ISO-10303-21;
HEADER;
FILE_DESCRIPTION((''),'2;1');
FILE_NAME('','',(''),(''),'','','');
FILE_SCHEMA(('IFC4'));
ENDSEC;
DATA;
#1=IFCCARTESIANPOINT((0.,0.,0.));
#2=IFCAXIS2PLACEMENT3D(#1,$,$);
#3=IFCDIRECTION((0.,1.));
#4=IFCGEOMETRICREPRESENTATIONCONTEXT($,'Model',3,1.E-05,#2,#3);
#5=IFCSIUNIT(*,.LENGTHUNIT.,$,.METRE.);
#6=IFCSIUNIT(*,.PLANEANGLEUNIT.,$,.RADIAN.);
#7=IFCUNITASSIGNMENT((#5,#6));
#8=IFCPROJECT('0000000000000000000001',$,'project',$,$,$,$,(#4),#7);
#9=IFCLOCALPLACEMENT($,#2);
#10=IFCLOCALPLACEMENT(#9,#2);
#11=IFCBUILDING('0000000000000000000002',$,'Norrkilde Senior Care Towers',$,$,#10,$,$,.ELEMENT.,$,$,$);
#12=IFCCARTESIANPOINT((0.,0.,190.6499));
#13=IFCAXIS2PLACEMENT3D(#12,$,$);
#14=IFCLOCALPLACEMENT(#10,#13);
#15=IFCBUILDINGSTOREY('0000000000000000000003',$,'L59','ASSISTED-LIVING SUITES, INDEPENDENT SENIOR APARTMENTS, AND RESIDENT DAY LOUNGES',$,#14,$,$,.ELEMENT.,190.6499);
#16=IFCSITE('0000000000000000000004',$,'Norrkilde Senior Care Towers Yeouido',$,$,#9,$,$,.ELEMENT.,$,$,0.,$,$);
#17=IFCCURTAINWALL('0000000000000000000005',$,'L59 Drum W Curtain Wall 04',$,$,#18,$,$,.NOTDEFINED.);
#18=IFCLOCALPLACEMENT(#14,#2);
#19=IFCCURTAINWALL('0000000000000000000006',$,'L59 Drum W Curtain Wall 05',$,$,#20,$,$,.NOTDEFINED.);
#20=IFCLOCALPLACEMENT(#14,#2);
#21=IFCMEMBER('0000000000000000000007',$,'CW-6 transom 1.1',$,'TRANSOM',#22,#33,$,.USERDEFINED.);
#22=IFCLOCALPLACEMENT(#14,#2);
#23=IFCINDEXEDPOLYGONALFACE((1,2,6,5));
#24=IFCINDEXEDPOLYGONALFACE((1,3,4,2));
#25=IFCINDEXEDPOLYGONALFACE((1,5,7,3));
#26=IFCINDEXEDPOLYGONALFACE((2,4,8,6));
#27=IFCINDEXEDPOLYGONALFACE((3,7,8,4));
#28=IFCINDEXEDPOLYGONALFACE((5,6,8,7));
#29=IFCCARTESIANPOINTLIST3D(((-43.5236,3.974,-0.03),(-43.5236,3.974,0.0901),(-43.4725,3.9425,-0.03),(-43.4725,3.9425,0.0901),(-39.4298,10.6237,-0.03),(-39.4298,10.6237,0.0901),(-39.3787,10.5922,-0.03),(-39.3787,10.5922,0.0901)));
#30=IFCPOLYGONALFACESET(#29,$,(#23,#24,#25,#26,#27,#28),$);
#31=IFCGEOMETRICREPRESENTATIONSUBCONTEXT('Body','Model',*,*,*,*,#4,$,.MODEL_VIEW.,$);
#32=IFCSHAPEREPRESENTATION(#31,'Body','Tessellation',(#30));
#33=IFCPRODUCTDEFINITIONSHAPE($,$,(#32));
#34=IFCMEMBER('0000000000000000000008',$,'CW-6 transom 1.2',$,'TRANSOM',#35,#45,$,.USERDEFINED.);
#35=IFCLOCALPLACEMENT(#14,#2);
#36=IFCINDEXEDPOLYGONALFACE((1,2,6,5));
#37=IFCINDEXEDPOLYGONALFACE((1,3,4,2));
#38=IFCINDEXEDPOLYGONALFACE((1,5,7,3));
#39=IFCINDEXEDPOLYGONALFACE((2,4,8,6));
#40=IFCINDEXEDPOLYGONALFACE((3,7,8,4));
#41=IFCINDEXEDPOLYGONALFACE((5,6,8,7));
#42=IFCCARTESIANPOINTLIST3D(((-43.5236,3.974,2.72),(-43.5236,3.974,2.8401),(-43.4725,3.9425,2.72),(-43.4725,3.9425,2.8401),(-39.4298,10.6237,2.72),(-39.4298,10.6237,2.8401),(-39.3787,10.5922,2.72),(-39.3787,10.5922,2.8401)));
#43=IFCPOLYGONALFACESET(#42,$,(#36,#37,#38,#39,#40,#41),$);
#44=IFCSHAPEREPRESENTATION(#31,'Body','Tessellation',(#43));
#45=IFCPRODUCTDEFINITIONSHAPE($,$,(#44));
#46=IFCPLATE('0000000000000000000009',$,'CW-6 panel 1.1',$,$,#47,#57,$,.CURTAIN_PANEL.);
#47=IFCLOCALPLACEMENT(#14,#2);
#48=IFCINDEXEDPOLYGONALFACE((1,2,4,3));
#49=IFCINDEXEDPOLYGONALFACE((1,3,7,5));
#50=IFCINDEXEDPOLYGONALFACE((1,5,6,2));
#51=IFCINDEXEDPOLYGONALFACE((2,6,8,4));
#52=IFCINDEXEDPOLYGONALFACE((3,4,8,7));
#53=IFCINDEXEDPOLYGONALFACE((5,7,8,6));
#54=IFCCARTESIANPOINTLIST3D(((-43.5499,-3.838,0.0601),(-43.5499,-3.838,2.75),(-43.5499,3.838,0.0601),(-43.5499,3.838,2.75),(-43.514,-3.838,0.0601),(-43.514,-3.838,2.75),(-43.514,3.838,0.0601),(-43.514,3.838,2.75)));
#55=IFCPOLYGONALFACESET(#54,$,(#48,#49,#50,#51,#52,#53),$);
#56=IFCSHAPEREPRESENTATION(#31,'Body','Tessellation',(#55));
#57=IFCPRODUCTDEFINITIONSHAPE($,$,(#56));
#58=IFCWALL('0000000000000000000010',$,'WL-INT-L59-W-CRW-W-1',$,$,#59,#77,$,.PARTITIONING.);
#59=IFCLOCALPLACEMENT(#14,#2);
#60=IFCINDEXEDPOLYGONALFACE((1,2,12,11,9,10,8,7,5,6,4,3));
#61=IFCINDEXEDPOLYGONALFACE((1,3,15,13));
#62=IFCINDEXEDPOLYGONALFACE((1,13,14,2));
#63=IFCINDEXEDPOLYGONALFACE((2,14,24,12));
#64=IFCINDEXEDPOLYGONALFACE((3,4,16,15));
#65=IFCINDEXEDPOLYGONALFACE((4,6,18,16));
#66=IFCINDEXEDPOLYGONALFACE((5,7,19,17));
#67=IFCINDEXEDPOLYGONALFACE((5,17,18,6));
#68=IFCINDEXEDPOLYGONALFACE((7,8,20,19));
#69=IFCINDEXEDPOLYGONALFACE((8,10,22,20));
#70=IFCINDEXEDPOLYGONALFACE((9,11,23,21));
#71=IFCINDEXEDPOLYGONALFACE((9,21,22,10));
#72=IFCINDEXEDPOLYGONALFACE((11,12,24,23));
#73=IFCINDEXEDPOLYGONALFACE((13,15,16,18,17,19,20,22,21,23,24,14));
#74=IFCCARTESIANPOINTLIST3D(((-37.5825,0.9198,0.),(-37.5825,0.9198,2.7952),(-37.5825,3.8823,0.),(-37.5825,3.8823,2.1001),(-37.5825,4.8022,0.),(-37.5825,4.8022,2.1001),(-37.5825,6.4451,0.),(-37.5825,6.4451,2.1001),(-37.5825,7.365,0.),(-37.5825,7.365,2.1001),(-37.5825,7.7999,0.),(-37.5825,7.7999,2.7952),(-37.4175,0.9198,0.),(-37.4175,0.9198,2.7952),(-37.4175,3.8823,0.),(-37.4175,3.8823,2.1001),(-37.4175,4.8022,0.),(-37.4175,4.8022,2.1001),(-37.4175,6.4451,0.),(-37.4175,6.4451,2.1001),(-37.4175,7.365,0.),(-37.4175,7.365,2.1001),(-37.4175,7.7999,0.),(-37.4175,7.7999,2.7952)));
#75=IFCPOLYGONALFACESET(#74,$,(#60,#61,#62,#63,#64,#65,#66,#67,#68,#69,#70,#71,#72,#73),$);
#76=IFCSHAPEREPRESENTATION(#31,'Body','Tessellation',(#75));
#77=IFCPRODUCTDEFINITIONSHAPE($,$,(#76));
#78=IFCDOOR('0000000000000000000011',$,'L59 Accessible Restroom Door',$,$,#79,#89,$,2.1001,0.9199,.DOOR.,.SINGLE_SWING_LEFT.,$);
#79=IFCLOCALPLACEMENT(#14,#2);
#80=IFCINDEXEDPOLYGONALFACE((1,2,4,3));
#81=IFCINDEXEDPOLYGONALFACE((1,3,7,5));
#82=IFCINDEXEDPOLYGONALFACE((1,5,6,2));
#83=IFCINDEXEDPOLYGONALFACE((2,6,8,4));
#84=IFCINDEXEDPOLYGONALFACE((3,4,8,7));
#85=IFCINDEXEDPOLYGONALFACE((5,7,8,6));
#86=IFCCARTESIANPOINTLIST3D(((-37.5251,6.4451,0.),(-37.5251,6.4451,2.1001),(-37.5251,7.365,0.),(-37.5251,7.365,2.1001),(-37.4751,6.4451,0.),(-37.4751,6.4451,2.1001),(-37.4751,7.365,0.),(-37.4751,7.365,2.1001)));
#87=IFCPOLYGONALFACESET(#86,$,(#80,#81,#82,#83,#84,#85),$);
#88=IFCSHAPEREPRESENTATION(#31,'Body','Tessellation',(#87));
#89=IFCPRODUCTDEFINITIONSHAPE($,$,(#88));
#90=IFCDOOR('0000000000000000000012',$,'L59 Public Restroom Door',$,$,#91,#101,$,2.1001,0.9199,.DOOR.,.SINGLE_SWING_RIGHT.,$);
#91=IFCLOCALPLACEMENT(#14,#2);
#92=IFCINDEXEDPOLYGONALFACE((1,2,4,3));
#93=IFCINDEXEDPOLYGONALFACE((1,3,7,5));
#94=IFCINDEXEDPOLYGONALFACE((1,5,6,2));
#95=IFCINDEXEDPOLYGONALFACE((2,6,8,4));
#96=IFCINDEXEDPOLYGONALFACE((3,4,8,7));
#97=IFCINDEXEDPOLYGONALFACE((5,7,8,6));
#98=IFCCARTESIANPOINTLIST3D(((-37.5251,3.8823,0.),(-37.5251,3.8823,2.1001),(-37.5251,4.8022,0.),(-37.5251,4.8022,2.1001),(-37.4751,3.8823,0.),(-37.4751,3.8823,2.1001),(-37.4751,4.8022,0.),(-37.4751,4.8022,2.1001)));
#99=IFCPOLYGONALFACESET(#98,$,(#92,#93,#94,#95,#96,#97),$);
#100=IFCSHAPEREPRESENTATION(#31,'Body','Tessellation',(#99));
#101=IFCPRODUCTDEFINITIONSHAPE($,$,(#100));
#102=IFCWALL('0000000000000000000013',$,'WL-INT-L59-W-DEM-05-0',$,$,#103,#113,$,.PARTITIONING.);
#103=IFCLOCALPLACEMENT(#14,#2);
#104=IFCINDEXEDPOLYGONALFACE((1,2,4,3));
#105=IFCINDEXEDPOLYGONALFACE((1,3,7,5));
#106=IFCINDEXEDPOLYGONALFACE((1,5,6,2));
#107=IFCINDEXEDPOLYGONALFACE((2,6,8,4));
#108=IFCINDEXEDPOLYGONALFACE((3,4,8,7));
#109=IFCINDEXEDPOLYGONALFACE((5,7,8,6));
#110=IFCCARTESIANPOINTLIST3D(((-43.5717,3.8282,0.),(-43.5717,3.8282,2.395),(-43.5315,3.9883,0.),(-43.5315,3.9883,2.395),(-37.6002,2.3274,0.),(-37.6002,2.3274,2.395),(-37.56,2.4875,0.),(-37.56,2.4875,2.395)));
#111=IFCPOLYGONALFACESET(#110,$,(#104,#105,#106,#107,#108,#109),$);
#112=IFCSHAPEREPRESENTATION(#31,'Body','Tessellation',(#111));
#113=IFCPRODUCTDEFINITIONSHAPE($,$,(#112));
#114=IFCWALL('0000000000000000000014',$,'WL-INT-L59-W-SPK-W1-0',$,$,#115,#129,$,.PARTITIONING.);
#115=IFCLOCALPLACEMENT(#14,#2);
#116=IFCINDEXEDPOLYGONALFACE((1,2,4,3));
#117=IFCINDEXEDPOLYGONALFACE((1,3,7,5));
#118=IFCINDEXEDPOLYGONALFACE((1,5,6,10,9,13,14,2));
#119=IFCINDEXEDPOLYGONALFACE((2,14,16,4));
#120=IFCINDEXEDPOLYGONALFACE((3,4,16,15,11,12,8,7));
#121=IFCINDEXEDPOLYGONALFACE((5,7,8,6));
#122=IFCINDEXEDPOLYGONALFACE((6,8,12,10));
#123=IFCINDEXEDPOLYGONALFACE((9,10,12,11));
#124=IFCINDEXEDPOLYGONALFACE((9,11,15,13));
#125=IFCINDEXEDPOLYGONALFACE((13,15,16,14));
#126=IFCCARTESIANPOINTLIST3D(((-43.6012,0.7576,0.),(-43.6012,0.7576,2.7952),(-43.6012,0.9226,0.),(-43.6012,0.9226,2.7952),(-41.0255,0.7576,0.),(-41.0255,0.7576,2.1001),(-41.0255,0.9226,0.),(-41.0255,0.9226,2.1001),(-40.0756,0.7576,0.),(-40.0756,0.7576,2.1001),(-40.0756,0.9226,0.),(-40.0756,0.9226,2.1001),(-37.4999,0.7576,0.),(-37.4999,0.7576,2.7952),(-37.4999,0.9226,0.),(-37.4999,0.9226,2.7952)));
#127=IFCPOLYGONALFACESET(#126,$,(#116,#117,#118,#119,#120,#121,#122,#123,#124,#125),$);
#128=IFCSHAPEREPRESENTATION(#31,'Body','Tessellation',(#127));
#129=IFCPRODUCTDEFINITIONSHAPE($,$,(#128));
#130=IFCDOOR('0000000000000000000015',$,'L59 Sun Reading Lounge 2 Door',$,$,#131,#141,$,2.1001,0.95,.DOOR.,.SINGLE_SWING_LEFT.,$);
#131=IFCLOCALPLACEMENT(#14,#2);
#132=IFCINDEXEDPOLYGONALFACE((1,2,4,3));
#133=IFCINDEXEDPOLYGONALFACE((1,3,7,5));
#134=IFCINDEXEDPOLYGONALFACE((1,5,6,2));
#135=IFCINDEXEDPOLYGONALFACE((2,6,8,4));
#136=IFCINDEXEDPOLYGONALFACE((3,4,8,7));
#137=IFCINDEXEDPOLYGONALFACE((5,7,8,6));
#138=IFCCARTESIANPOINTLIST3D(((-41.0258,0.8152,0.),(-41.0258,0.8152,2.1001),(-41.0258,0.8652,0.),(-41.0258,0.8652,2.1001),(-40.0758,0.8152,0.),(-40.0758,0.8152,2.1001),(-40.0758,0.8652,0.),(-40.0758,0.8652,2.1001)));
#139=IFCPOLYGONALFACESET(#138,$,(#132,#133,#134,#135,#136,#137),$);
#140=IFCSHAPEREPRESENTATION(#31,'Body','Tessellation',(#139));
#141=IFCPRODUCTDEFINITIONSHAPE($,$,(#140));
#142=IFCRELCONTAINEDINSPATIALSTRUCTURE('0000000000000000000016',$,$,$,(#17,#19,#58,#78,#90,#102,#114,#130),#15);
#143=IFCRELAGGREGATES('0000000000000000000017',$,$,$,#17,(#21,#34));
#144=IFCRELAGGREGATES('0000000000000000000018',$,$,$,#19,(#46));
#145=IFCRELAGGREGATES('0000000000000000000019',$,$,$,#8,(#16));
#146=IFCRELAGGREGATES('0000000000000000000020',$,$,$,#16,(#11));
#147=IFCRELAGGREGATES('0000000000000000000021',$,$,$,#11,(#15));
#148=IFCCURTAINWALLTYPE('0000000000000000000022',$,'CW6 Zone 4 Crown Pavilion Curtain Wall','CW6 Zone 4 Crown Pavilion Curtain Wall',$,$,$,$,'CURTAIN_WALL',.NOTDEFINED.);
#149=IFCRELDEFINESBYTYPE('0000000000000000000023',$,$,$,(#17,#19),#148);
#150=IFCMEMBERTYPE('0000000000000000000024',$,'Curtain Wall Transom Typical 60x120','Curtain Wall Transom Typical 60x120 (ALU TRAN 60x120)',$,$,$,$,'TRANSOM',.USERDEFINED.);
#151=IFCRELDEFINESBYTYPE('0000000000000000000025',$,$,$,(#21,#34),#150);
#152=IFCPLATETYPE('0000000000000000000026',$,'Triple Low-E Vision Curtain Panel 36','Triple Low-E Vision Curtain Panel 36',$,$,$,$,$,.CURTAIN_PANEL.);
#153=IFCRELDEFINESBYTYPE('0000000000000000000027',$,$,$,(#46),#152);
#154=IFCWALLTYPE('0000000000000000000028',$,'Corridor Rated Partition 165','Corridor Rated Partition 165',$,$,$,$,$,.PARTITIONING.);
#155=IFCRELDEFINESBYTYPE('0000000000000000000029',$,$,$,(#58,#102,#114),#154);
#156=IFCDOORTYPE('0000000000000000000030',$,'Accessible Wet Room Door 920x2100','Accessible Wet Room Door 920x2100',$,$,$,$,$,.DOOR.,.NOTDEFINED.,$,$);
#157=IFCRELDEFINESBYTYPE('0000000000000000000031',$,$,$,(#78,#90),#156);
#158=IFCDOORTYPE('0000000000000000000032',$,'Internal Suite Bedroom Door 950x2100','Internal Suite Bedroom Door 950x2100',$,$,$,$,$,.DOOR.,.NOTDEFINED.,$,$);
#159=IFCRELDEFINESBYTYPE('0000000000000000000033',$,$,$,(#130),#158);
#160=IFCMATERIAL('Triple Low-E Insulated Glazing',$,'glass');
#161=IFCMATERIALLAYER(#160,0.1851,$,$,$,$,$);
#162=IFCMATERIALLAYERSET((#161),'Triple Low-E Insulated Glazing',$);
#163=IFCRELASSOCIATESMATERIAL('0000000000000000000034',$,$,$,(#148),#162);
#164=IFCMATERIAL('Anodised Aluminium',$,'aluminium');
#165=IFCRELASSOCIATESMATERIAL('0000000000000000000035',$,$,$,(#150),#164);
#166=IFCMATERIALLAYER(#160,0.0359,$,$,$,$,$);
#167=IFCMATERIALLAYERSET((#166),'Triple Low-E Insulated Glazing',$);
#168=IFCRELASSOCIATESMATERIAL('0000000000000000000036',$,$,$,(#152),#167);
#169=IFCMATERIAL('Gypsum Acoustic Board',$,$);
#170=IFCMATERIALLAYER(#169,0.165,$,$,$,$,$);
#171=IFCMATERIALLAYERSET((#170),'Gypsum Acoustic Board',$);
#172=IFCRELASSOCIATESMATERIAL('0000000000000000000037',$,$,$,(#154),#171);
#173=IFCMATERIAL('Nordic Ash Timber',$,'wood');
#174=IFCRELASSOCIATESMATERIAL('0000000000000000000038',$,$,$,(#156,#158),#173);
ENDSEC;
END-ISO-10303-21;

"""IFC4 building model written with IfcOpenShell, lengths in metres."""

from ifc_helpers import new_model, si_unit, direction, frame, frame_2d, origin, origin_2d, place, context, subcontext, project, spatial, rectangle, extrude, source, transform, mapped, material, layer, layer_set, material_profile, profile_set, type_object, type_shapes, element, fill, aggregate, save


model = new_model("IFC4")

# Units and contexts
model_context = context("Model", 3, precision=1e-05, world=origin(), true_north=direction((0.0, 1.0)))
body_context = subcontext(model_context, "Body", "Model", "MODEL_VIEW")
ifc_project = project(units=[si_unit("LENGTHUNIT", "METRE"), si_unit("PLANEANGLEUNIT", "RADIAN")], contexts=[model_context])

# Site, building, storey
site_placement = place(None, origin())
site = spatial("IfcSite", under=ifc_project, at=site_placement, Name="Norrkilde Senior Care Towers Yeouido", CompositionType="ELEMENT", RefElevation=0.0)
building_placement = place(site_placement, origin())
building = spatial("IfcBuilding", under=site, at=building_placement, Name="Norrkilde Senior Care Towers", CompositionType="ELEMENT")
storey_placement = place(building_placement, frame((0.0, 0.0, 190.6499)))
storey = spatial("IfcBuildingStorey", under=building, at=storey_placement, Name="L59", Description="ASSISTED-LIVING SUITES, INDEPENDENT SENIOR APARTMENTS, AND RESIDENT DAY LOUNGES", CompositionType="ELEMENT", Elevation=190.6499)

# Curtain walls
ifc_material_1 = material(Name="Triple Low-E Insulated Glazing", Category="glass")
ifc_layer_1 = layer(ifc_material_1, 0.1851)
ifc_layer_set_1 = layer_set([ifc_layer_1], Name="Triple Low-E Insulated Glazing")
curtain_wall_type = type_object("IfcCurtainWallType", Name="CW6 Zone 4 Crown Pavilion Curtain Wall", Description="CW6 Zone 4 Crown Pavilion Curtain Wall", ElementType="CURTAIN_WALL", PredefinedType="NOTDEFINED", material=ifc_layer_set_1)
curtain_wall_1_placement = place(storey_placement, origin())
curtain_wall_1 = element("IfcCurtainWall", 1, at=curtain_wall_1_placement, inside=storey, type_object=curtain_wall_type, Name="L59 Drum W Curtain Wall 04", PredefinedType="NOTDEFINED")
ifc_material_2 = material(Name="Anodised Aluminium", Category="aluminium")
curtain_wall_2_placement = place(storey_placement, origin())
curtain_wall_2 = element("IfcCurtainWall", 2, at=curtain_wall_2_placement, inside=storey, type_object=curtain_wall_type, Name="L59 Drum W Curtain Wall 05", PredefinedType="NOTDEFINED")

# Members
ifc_material_profile_1 = material_profile(ifc_material_2, rectangle(XDim=0.0601, YDim=0.1201, at=origin_2d()), Name="ALU TRAN 60x120")
ifc_profile_set_1 = profile_set([ifc_material_profile_1], Name="Anodised Aluminium")
member_type_1 = type_object("IfcMemberType", Name="Curtain Wall Transom Typical 60x120", Description="Curtain Wall Transom Typical 60x120 (ALU TRAN 60x120)", ElementType="TRANSOM", PredefinedType="USERDEFINED", material=ifc_profile_set_1)
shared_shape_1 = source(origin(), body_context, "Body", "SweptSolid", [
    extrude(rectangle(XDim=0.0601, YDim=0.1201, at=origin_2d()), origin(), (0.0, 0.0, 1.0), 7.8088),
])
type_shapes(member_type_1, [shared_shape_1])
member_1_placement = place(storey_placement, frame((-43.498, 3.9583, 0.03), z_axis=(0.524251, 0.851564, 0.0), x_axis=(-0.851564, 0.524251, 0.0)))
member_1 = element("IfcMember", 3, at=member_1_placement, type_object=member_type_1, Name="CW-6 transom 1.1", ObjectType="TRANSOM", PredefinedType="USERDEFINED", context=body_context, shape_type="MappedRepresentation", body=[
    mapped(shared_shape_1, transform((0.0, 0.0, 0.0), x_axis=(1.0, 0.0, 0.0), y_axis=(0.0, 1.0, 0.0), z_axis=(0.0, 0.0, 1.0), scale=1.0)),
])
member_2_placement = place(storey_placement, frame((-43.498, 3.9583, 2.78), z_axis=(0.524251, 0.851564, 0.0), x_axis=(-0.851564, 0.524251, 0.0)))
member_2 = element("IfcMember", 4, at=member_2_placement, type_object=member_type_1, Name="CW-6 transom 1.2", ObjectType="TRANSOM", PredefinedType="USERDEFINED", context=body_context, shape_type="MappedRepresentation", body=[
    mapped(shared_shape_1, transform((0.0, 0.0, 0.0), x_axis=(1.0, 0.0, 0.0), y_axis=(0.0, 1.0, 0.0), z_axis=(0.0, 0.0, 1.0), scale=1.0)),
])
aggregate(curtain_wall_1, [member_1, member_2])

# Plate
ifc_layer_2 = layer(ifc_material_1, 0.0359)
ifc_layer_set_2 = layer_set([ifc_layer_2], Name="Triple Low-E Insulated Glazing")
plate_type = type_object("IfcPlateType", Name="Triple Low-E Vision Curtain Panel 36", Description="Triple Low-E Vision Curtain Panel 36", PredefinedType="CURTAIN_PANEL", material=ifc_layer_set_2)
shared_shape_2 = source(origin(), body_context, "Body", "SweptSolid", [
    extrude(rectangle(XDim=7.676, YDim=0.0359, at=origin_2d()), origin(), (0.0, 0.0, 1.0), 2.6899),
])
type_shapes(plate_type, [shared_shape_2])
plate_placement = place(storey_placement, frame((-43.532, 0.0, 0.0601), z_axis=(0.0, 0.0, 1.0), x_axis=(0.0, 1.0, 0.0)))
plate = element("IfcPlate", 5, at=plate_placement, type_object=plate_type, Name="CW-6 panel 1.1", PredefinedType="CURTAIN_PANEL", context=body_context, shape_type="MappedRepresentation", body=[
    mapped(shared_shape_2, transform((0.0, 0.0, 0.0), x_axis=(1.0, 0.0, 0.0), y_axis=(0.0, 1.0, 0.0), z_axis=(0.0, 0.0, 1.0), scale=1.0)),
])
aggregate(curtain_wall_2, [plate])

# Wall, openings, doors
ifc_material_3 = material(Name="Gypsum Acoustic Board")
ifc_layer_3 = layer(ifc_material_3, 0.165)
ifc_layer_set_3 = layer_set([ifc_layer_3], Name="Gypsum Acoustic Board")
wall_type = type_object("IfcWallType", Name="Corridor Rated Partition 165", Description="Corridor Rated Partition 165", PredefinedType="PARTITIONING", material=ifc_layer_set_3)
shared_shape_3 = source(origin(), body_context, "Body", "SweptSolid", [
    extrude(rectangle(XDim=6.8801, YDim=0.165, at=frame_2d((3.4399, 0.0))), origin(), (0.0, 0.0, 1.0), 2.7952),
])
wall_1_placement = place(storey_placement, frame((-37.5, 0.9199, 0.0), z_axis=(0.0, 0.0, 1.0), x_axis=(0.0, 1.0, 0.0)))
wall_1 = element("IfcWall", 6, at=wall_1_placement, inside=storey, type_object=wall_type, Name="WL-INT-L59-W-CRW-W-1", PredefinedType="PARTITIONING", context=body_context, shape_type="MappedRepresentation", body=[
    mapped(shared_shape_3, transform((0.0, 0.0, 0.0), x_axis=(1.0, 0.0, 0.0), y_axis=(0.0, 1.0, 0.0), z_axis=(0.0, 0.0, 1.0), scale=1.0)),
])
opening_1_placement = place(wall_1_placement, frame((5.5251, 0.0, 0.0)))
opening_1 = element("IfcOpeningElement", 7, at=opening_1_placement, cuts=wall_1, PredefinedType="OPENING", context=body_context, shape_type="SweptSolid", body=[
    extrude(rectangle(XDim=0.9199, YDim=2.1001, at=frame_2d((0.46, 1.05))), frame((0.0, 0.0925, 0.0), z_axis=(0.0, -1.0, 0.0), x_axis=(1.0, 0.0, 0.0)), (0.0, 0.0, 1.0), 0.1851),
])
opening_2_placement = place(wall_1_placement, frame((2.9624, 0.0, 0.0)))
opening_2 = element("IfcOpeningElement", 8, at=opening_2_placement, cuts=wall_1, PredefinedType="OPENING", context=body_context, shape_type="SweptSolid", body=[
    extrude(rectangle(XDim=0.9199, YDim=2.1001, at=frame_2d((0.46, 1.05))), frame((0.0, 0.0925, 0.0), z_axis=(0.0, -1.0, 0.0), x_axis=(1.0, 0.0, 0.0)), (0.0, 0.0, 1.0), 0.1851),
])
ifc_material_4 = material(Name="Nordic Ash Timber", Category="wood")
door_type_1 = type_object("IfcDoorType", Name="Accessible Wet Room Door 920x2100", Description="Accessible Wet Room Door 920x2100", OperationType="NOTDEFINED", PredefinedType="DOOR", material=ifc_material_4)
shared_shape_4 = source(origin(), body_context, "Body", "SweptSolid", [
    extrude(rectangle(XDim=0.9199, YDim=2.1001, at=frame_2d((0.46, 1.05))), frame((0.0, 0.0249, 0.0), z_axis=(0.0, -1.0, 0.0), x_axis=(1.0, 0.0, 0.0)), (0.0, 0.0, 1.0), 0.05),
])
type_shapes(door_type_1, [shared_shape_4])
door_1_placement = place(opening_1_placement, frame((0.9199, 0.0, 0.0), z_axis=(0.0, 0.0, 1.0), x_axis=(-1.0, 0.0, 0.0)))
door_1 = element("IfcDoor", 9, at=door_1_placement, inside=storey, type_object=door_type_1, Name="L59 Accessible Restroom Door", OperationType="SINGLE_SWING_LEFT", OverallHeight=2.1001, OverallWidth=0.9199, PredefinedType="DOOR", context=body_context, shape_type="MappedRepresentation", body=[
    mapped(shared_shape_4, transform((0.0, 0.0, 0.0), x_axis=(1.0, 0.0, 0.0), y_axis=(0.0, 1.0, 0.0), z_axis=(0.0, 0.0, 1.0), scale=1.0)),
])
fill(opening_1, door_1)
door_2_placement = place(opening_2_placement, frame((0.9199, 0.0, 0.0), z_axis=(0.0, 0.0, 1.0), x_axis=(-1.0, 0.0, 0.0)))
door_2 = element("IfcDoor", 10, at=door_2_placement, inside=storey, type_object=door_type_1, Name="L59 Public Restroom Door", OperationType="SINGLE_SWING_RIGHT", OverallHeight=2.1001, OverallWidth=0.9199, PredefinedType="DOOR", context=body_context, shape_type="MappedRepresentation", body=[
    mapped(shared_shape_4, transform((0.0, 0.0, 0.0), x_axis=(1.0, 0.0, 0.0), y_axis=(0.0, 1.0, 0.0), z_axis=(0.0, 0.0, 1.0), scale=1.0)),
])
fill(opening_2, door_2)

# Wall
shared_shape_5 = source(origin(), body_context, "Body", "SweptSolid", [
    extrude(rectangle(XDim=6.1572, YDim=0.165, at=frame_2d((3.0786, 0.0))), origin(), (0.0, 0.0, 1.0), 2.395),
])
wall_2_placement = place(storey_placement, frame((-37.5801, 2.4075, 0.0), z_axis=(0.0, 0.0, 1.0), x_axis=(-0.969841, 0.243739, 0.0)))
element("IfcWall", 11, at=wall_2_placement, inside=storey, type_object=wall_type, Name="WL-INT-L59-W-DEM-05-0", PredefinedType="PARTITIONING", context=body_context, shape_type="MappedRepresentation", body=[
    mapped(shared_shape_5, transform((0.0, 0.0, 0.0), x_axis=(1.0, 0.0, 0.0), y_axis=(0.0, 1.0, 0.0), z_axis=(0.0, 0.0, 1.0), scale=1.0)),
])

# Wall, opening, door
shared_shape_6 = source(origin(), body_context, "Body", "SweptSolid", [
    extrude(rectangle(XDim=6.1013, YDim=0.165, at=frame_2d((3.0508, 0.0))), origin(), (0.0, 0.0, 1.0), 2.7952),
])
type_shapes(wall_type, [shared_shape_3, shared_shape_5, shared_shape_6])
wall_3_placement = place(storey_placement, frame((-43.6013, 0.8401, 0.0), z_axis=(0.0, 0.0, 1.0), x_axis=(1.0, 0.0, 0.0)))
wall_3 = element("IfcWall", 12, at=wall_3_placement, inside=storey, type_object=wall_type, Name="WL-INT-L59-W-SPK-W1-0", PredefinedType="PARTITIONING", context=body_context, shape_type="MappedRepresentation", body=[
    mapped(shared_shape_6, transform((0.0, 0.0, 0.0), x_axis=(1.0, 0.0, 0.0), y_axis=(0.0, 1.0, 0.0), z_axis=(0.0, 0.0, 1.0), scale=1.0)),
])
opening_3_placement = place(wall_3_placement, frame((2.5757, 0.0, 0.0)))
opening_3 = element("IfcOpeningElement", 13, at=opening_3_placement, cuts=wall_3, PredefinedType="OPENING", context=body_context, shape_type="SweptSolid", body=[
    extrude(rectangle(XDim=0.95, YDim=2.1001, at=frame_2d((0.4751, 1.05))), frame((0.0, 0.0925, 0.0), z_axis=(0.0, -1.0, 0.0), x_axis=(1.0, 0.0, 0.0)), (0.0, 0.0, 1.0), 0.1851),
])
door_type_2 = type_object("IfcDoorType", Name="Internal Suite Bedroom Door 950x2100", Description="Internal Suite Bedroom Door 950x2100", OperationType="NOTDEFINED", PredefinedType="DOOR", material=ifc_material_4)
shared_shape_7 = source(origin(), body_context, "Body", "SweptSolid", [
    extrude(rectangle(XDim=0.95, YDim=2.1001, at=frame_2d((0.4751, 1.05))), frame((0.0, 0.0249, 0.0), z_axis=(0.0, -1.0, 0.0), x_axis=(1.0, 0.0, 0.0)), (0.0, 0.0, 1.0), 0.05),
])
type_shapes(door_type_2, [shared_shape_7])
door_3_placement = place(opening_3_placement, frame((0.95, 0.0, 0.0), z_axis=(0.0, 0.0, 1.0), x_axis=(-1.0, 0.0, 0.0)))
door_3 = element("IfcDoor", 14, at=door_3_placement, inside=storey, type_object=door_type_2, Name="L59 Sun Reading Lounge 2 Door", OperationType="SINGLE_SWING_LEFT", OverallHeight=2.1001, OverallWidth=0.95, PredefinedType="DOOR", context=body_context, shape_type="MappedRepresentation", body=[
    mapped(shared_shape_7, transform((0.0, 0.0, 0.0), x_axis=(1.0, 0.0, 0.0), y_axis=(0.0, 1.0, 0.0), z_axis=(0.0, 0.0, 1.0), scale=1.0)),
])
fill(opening_3, door_3)

save(model, "model.ifc")
